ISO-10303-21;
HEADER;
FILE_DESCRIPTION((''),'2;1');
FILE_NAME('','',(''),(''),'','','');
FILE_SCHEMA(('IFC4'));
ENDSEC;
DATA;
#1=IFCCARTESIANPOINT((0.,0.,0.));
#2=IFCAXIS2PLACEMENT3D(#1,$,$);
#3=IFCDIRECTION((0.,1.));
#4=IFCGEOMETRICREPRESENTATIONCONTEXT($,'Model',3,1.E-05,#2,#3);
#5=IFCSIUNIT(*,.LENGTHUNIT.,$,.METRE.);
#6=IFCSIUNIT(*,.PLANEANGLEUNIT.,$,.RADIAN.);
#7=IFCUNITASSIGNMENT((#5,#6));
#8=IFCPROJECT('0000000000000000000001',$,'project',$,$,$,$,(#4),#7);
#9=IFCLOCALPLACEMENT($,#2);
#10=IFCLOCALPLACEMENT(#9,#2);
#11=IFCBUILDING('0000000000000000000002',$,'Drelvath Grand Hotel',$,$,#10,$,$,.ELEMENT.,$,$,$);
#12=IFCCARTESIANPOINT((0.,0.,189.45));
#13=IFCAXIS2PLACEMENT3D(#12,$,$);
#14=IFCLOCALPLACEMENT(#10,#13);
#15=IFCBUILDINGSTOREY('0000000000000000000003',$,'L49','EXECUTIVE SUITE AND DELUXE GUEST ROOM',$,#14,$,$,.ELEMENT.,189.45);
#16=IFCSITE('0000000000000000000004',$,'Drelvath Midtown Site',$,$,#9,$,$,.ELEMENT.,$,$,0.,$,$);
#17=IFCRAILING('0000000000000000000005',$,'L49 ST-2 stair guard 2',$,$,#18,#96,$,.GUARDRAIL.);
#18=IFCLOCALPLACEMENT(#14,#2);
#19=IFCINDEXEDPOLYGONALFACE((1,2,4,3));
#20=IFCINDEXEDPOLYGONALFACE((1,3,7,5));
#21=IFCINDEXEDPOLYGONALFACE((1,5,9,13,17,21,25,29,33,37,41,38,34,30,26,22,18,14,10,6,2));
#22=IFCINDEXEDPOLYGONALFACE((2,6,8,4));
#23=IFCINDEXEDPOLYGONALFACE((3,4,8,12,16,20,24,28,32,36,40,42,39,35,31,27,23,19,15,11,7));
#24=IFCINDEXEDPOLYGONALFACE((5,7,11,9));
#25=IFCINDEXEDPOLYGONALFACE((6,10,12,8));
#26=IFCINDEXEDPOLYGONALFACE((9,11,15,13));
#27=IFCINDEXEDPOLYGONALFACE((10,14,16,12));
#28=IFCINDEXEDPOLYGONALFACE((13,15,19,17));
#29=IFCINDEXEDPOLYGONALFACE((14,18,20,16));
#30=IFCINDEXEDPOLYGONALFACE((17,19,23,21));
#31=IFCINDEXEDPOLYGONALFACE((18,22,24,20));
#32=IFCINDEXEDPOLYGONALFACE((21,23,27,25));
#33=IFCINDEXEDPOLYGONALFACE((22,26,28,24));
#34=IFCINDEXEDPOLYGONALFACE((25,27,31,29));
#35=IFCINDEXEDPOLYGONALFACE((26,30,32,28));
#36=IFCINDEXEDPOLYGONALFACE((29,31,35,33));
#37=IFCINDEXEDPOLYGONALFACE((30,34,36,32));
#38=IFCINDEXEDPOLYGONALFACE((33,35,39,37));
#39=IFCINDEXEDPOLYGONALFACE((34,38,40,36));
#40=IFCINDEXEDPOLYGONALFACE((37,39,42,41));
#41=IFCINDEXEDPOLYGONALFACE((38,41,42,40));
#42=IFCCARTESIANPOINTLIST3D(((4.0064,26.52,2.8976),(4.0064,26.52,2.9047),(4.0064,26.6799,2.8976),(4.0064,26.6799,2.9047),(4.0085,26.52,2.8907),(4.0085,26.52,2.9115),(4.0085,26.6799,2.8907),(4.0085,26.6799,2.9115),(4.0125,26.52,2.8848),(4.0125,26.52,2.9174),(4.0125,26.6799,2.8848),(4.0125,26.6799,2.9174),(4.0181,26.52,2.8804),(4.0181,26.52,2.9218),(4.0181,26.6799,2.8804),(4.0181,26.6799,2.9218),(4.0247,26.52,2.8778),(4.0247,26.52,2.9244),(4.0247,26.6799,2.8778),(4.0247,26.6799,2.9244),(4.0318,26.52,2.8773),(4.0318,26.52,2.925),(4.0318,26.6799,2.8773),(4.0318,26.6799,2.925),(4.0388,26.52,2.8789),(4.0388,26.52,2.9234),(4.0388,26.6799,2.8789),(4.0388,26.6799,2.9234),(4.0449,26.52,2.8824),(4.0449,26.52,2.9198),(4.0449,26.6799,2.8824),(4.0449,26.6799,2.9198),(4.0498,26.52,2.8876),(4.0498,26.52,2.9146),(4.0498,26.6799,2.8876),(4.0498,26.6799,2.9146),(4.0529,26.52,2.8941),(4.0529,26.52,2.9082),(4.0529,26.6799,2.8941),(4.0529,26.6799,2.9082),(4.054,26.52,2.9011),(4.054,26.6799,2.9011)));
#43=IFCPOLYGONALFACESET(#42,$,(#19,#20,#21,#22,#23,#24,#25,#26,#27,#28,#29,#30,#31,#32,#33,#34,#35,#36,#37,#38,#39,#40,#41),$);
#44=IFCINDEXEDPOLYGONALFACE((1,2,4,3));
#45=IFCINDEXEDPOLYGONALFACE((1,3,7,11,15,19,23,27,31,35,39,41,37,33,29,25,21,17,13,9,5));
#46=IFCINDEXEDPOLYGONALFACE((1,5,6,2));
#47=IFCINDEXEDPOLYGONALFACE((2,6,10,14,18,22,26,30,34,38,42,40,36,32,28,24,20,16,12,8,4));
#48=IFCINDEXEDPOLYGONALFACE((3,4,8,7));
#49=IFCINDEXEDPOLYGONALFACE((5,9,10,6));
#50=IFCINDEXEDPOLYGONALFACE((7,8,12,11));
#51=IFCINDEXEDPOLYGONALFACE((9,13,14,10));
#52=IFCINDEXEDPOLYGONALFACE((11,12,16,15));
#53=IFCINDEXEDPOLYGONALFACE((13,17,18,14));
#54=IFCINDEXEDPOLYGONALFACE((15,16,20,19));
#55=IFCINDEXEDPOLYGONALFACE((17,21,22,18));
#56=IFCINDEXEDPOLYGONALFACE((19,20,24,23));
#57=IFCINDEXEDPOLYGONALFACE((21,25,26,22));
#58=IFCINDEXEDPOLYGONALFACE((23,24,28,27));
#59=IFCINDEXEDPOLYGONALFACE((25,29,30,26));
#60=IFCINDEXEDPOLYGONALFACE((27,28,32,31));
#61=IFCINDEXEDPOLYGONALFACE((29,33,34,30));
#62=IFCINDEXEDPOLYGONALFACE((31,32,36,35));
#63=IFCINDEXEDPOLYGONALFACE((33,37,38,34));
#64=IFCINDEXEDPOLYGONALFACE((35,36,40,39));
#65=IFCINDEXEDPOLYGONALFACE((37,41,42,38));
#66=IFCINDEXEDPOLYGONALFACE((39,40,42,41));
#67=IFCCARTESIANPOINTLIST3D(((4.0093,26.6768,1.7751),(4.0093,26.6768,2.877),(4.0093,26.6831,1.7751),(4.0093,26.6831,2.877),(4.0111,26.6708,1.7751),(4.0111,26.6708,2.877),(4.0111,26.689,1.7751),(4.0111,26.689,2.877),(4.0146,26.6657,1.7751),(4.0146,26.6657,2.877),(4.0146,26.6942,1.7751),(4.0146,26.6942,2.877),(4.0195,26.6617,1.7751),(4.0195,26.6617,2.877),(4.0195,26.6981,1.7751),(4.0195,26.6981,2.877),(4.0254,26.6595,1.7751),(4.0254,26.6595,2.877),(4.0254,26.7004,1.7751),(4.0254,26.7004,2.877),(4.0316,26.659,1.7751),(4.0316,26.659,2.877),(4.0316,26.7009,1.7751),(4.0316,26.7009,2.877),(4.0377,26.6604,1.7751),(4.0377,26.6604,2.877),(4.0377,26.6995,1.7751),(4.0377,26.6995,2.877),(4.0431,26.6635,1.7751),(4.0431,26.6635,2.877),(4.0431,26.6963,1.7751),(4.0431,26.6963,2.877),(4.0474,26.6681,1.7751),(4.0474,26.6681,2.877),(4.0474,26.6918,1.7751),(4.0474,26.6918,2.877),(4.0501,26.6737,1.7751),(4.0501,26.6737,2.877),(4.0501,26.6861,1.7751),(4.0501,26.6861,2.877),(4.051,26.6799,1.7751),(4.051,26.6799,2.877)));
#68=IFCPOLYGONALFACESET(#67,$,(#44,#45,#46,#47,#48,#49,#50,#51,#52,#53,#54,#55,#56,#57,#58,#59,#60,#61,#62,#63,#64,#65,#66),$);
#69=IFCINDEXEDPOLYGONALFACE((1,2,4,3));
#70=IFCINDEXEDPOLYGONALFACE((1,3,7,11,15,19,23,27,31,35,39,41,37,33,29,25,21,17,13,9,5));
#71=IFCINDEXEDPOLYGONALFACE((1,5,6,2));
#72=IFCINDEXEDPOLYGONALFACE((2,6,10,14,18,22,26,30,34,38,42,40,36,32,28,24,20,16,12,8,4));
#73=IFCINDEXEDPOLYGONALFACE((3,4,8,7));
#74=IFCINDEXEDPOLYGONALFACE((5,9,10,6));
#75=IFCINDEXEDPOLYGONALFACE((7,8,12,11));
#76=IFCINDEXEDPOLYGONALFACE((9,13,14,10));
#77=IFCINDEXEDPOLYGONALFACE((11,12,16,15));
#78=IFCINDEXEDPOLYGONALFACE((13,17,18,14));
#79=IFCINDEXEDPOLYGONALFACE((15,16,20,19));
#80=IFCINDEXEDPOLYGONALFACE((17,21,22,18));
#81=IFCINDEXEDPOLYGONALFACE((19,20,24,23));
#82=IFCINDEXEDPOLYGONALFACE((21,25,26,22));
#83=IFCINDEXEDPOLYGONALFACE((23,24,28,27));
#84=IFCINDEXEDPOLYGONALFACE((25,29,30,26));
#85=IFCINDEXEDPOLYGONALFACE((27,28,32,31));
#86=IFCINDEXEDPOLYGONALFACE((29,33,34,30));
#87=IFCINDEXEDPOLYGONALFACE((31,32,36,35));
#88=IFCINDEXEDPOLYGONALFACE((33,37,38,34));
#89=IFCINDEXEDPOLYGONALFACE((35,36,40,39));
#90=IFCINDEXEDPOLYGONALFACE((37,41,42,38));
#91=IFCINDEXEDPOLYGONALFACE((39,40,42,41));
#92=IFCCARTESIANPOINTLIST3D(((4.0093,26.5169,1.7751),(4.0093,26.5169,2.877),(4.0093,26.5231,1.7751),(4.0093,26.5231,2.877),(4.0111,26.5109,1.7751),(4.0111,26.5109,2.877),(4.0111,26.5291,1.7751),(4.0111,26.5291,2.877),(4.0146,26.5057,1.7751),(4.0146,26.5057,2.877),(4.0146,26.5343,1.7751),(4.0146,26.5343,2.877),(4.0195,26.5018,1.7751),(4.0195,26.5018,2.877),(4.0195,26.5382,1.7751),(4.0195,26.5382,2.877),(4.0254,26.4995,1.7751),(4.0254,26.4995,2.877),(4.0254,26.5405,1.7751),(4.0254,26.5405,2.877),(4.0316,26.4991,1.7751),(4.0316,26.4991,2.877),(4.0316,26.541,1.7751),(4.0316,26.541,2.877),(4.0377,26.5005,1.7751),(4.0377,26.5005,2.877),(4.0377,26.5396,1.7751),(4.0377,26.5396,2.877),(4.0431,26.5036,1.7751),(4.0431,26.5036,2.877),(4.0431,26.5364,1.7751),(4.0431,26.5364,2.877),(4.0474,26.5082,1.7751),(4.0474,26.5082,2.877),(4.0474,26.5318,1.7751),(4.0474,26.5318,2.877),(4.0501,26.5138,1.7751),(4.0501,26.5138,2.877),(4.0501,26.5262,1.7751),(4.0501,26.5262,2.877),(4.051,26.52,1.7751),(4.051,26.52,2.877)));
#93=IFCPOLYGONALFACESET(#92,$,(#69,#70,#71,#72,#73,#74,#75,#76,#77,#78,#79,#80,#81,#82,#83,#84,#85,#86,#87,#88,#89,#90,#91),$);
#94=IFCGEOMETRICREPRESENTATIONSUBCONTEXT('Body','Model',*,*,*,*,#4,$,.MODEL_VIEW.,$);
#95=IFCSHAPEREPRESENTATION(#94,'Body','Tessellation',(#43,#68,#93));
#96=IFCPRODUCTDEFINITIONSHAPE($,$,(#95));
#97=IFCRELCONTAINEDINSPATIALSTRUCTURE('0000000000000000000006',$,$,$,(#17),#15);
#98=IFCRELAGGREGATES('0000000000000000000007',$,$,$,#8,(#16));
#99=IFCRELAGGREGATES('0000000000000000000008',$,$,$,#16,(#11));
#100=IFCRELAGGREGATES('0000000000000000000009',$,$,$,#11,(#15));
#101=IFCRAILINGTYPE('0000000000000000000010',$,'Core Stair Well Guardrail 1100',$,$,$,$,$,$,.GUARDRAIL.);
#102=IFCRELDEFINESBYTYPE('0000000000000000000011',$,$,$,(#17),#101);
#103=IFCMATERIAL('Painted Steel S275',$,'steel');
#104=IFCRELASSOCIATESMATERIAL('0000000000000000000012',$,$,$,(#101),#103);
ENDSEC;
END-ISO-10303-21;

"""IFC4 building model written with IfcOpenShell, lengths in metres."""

from ifc_helpers import new_model, si_unit, direction, frame, origin, origin_2d, place, context, subcontext, project, spatial, circle, extrude, material, type_object, element, save


model = new_model("IFC4")

# Units and contexts
model_context = context("Model", 3, precision=1e-05, world=origin(), true_north=direction((0.0, 1.0)))
body_context = subcontext(model_context, "Body", "Model", "MODEL_VIEW")
ifc_project = project(units=[si_unit("LENGTHUNIT", "METRE"), si_unit("PLANEANGLEUNIT", "RADIAN")], contexts=[model_context])

# Site, building, storey
site_placement = place(None, origin())
site = spatial("IfcSite", under=ifc_project, at=site_placement, Name="Drelvath Midtown Site", CompositionType="ELEMENT", RefElevation=0.0)
building_placement = place(site_placement, origin())
building = spatial("IfcBuilding", under=site, at=building_placement, Name="Drelvath Grand Hotel", CompositionType="ELEMENT")
storey_placement = place(building_placement, frame((0.0, 0.0, 189.45)))
storey = spatial("IfcBuildingStorey", under=building, at=storey_placement, Name="L49", Description="EXECUTIVE SUITE AND DELUXE GUEST ROOM", CompositionType="ELEMENT", Elevation=189.45)

# Railing
ifc_material_1 = material(Name="Painted Steel S275", Category="steel")
railing_type_1 = type_object("IfcRailingType", Name="Core Stair Well Guardrail 1100", PredefinedType="GUARDRAIL", material=ifc_material_1)
railing_1_placement = place(storey_placement, frame((4.03, 26.6799, 1.7751)))
element("IfcRailing", 1, at=railing_1_placement, inside=storey, type_object=railing_type_1, Name="L49 ST-2 stair guard 2", PredefinedType="GUARDRAIL", context=body_context, shape_type="SweptSolid", body=[
    extrude(circle(Radius=0.0239, at=origin_2d()), frame((0.0, 0.0, 1.126), z_axis=(0.0, -1.0, 0.0), x_axis=(1.0, 0.0, 0.0)), (0.0, 0.0, 1.0), 0.1599),
    extrude(circle(Radius=0.021, at=origin_2d()), origin(), (0.0, 0.0, 1.0), 1.1018),
    extrude(circle(Radius=0.021, at=origin_2d()), frame((0.0, -0.1599, 0.0)), (0.0, 0.0, 1.0), 1.1018),
])

save(model, "model.ifc")
